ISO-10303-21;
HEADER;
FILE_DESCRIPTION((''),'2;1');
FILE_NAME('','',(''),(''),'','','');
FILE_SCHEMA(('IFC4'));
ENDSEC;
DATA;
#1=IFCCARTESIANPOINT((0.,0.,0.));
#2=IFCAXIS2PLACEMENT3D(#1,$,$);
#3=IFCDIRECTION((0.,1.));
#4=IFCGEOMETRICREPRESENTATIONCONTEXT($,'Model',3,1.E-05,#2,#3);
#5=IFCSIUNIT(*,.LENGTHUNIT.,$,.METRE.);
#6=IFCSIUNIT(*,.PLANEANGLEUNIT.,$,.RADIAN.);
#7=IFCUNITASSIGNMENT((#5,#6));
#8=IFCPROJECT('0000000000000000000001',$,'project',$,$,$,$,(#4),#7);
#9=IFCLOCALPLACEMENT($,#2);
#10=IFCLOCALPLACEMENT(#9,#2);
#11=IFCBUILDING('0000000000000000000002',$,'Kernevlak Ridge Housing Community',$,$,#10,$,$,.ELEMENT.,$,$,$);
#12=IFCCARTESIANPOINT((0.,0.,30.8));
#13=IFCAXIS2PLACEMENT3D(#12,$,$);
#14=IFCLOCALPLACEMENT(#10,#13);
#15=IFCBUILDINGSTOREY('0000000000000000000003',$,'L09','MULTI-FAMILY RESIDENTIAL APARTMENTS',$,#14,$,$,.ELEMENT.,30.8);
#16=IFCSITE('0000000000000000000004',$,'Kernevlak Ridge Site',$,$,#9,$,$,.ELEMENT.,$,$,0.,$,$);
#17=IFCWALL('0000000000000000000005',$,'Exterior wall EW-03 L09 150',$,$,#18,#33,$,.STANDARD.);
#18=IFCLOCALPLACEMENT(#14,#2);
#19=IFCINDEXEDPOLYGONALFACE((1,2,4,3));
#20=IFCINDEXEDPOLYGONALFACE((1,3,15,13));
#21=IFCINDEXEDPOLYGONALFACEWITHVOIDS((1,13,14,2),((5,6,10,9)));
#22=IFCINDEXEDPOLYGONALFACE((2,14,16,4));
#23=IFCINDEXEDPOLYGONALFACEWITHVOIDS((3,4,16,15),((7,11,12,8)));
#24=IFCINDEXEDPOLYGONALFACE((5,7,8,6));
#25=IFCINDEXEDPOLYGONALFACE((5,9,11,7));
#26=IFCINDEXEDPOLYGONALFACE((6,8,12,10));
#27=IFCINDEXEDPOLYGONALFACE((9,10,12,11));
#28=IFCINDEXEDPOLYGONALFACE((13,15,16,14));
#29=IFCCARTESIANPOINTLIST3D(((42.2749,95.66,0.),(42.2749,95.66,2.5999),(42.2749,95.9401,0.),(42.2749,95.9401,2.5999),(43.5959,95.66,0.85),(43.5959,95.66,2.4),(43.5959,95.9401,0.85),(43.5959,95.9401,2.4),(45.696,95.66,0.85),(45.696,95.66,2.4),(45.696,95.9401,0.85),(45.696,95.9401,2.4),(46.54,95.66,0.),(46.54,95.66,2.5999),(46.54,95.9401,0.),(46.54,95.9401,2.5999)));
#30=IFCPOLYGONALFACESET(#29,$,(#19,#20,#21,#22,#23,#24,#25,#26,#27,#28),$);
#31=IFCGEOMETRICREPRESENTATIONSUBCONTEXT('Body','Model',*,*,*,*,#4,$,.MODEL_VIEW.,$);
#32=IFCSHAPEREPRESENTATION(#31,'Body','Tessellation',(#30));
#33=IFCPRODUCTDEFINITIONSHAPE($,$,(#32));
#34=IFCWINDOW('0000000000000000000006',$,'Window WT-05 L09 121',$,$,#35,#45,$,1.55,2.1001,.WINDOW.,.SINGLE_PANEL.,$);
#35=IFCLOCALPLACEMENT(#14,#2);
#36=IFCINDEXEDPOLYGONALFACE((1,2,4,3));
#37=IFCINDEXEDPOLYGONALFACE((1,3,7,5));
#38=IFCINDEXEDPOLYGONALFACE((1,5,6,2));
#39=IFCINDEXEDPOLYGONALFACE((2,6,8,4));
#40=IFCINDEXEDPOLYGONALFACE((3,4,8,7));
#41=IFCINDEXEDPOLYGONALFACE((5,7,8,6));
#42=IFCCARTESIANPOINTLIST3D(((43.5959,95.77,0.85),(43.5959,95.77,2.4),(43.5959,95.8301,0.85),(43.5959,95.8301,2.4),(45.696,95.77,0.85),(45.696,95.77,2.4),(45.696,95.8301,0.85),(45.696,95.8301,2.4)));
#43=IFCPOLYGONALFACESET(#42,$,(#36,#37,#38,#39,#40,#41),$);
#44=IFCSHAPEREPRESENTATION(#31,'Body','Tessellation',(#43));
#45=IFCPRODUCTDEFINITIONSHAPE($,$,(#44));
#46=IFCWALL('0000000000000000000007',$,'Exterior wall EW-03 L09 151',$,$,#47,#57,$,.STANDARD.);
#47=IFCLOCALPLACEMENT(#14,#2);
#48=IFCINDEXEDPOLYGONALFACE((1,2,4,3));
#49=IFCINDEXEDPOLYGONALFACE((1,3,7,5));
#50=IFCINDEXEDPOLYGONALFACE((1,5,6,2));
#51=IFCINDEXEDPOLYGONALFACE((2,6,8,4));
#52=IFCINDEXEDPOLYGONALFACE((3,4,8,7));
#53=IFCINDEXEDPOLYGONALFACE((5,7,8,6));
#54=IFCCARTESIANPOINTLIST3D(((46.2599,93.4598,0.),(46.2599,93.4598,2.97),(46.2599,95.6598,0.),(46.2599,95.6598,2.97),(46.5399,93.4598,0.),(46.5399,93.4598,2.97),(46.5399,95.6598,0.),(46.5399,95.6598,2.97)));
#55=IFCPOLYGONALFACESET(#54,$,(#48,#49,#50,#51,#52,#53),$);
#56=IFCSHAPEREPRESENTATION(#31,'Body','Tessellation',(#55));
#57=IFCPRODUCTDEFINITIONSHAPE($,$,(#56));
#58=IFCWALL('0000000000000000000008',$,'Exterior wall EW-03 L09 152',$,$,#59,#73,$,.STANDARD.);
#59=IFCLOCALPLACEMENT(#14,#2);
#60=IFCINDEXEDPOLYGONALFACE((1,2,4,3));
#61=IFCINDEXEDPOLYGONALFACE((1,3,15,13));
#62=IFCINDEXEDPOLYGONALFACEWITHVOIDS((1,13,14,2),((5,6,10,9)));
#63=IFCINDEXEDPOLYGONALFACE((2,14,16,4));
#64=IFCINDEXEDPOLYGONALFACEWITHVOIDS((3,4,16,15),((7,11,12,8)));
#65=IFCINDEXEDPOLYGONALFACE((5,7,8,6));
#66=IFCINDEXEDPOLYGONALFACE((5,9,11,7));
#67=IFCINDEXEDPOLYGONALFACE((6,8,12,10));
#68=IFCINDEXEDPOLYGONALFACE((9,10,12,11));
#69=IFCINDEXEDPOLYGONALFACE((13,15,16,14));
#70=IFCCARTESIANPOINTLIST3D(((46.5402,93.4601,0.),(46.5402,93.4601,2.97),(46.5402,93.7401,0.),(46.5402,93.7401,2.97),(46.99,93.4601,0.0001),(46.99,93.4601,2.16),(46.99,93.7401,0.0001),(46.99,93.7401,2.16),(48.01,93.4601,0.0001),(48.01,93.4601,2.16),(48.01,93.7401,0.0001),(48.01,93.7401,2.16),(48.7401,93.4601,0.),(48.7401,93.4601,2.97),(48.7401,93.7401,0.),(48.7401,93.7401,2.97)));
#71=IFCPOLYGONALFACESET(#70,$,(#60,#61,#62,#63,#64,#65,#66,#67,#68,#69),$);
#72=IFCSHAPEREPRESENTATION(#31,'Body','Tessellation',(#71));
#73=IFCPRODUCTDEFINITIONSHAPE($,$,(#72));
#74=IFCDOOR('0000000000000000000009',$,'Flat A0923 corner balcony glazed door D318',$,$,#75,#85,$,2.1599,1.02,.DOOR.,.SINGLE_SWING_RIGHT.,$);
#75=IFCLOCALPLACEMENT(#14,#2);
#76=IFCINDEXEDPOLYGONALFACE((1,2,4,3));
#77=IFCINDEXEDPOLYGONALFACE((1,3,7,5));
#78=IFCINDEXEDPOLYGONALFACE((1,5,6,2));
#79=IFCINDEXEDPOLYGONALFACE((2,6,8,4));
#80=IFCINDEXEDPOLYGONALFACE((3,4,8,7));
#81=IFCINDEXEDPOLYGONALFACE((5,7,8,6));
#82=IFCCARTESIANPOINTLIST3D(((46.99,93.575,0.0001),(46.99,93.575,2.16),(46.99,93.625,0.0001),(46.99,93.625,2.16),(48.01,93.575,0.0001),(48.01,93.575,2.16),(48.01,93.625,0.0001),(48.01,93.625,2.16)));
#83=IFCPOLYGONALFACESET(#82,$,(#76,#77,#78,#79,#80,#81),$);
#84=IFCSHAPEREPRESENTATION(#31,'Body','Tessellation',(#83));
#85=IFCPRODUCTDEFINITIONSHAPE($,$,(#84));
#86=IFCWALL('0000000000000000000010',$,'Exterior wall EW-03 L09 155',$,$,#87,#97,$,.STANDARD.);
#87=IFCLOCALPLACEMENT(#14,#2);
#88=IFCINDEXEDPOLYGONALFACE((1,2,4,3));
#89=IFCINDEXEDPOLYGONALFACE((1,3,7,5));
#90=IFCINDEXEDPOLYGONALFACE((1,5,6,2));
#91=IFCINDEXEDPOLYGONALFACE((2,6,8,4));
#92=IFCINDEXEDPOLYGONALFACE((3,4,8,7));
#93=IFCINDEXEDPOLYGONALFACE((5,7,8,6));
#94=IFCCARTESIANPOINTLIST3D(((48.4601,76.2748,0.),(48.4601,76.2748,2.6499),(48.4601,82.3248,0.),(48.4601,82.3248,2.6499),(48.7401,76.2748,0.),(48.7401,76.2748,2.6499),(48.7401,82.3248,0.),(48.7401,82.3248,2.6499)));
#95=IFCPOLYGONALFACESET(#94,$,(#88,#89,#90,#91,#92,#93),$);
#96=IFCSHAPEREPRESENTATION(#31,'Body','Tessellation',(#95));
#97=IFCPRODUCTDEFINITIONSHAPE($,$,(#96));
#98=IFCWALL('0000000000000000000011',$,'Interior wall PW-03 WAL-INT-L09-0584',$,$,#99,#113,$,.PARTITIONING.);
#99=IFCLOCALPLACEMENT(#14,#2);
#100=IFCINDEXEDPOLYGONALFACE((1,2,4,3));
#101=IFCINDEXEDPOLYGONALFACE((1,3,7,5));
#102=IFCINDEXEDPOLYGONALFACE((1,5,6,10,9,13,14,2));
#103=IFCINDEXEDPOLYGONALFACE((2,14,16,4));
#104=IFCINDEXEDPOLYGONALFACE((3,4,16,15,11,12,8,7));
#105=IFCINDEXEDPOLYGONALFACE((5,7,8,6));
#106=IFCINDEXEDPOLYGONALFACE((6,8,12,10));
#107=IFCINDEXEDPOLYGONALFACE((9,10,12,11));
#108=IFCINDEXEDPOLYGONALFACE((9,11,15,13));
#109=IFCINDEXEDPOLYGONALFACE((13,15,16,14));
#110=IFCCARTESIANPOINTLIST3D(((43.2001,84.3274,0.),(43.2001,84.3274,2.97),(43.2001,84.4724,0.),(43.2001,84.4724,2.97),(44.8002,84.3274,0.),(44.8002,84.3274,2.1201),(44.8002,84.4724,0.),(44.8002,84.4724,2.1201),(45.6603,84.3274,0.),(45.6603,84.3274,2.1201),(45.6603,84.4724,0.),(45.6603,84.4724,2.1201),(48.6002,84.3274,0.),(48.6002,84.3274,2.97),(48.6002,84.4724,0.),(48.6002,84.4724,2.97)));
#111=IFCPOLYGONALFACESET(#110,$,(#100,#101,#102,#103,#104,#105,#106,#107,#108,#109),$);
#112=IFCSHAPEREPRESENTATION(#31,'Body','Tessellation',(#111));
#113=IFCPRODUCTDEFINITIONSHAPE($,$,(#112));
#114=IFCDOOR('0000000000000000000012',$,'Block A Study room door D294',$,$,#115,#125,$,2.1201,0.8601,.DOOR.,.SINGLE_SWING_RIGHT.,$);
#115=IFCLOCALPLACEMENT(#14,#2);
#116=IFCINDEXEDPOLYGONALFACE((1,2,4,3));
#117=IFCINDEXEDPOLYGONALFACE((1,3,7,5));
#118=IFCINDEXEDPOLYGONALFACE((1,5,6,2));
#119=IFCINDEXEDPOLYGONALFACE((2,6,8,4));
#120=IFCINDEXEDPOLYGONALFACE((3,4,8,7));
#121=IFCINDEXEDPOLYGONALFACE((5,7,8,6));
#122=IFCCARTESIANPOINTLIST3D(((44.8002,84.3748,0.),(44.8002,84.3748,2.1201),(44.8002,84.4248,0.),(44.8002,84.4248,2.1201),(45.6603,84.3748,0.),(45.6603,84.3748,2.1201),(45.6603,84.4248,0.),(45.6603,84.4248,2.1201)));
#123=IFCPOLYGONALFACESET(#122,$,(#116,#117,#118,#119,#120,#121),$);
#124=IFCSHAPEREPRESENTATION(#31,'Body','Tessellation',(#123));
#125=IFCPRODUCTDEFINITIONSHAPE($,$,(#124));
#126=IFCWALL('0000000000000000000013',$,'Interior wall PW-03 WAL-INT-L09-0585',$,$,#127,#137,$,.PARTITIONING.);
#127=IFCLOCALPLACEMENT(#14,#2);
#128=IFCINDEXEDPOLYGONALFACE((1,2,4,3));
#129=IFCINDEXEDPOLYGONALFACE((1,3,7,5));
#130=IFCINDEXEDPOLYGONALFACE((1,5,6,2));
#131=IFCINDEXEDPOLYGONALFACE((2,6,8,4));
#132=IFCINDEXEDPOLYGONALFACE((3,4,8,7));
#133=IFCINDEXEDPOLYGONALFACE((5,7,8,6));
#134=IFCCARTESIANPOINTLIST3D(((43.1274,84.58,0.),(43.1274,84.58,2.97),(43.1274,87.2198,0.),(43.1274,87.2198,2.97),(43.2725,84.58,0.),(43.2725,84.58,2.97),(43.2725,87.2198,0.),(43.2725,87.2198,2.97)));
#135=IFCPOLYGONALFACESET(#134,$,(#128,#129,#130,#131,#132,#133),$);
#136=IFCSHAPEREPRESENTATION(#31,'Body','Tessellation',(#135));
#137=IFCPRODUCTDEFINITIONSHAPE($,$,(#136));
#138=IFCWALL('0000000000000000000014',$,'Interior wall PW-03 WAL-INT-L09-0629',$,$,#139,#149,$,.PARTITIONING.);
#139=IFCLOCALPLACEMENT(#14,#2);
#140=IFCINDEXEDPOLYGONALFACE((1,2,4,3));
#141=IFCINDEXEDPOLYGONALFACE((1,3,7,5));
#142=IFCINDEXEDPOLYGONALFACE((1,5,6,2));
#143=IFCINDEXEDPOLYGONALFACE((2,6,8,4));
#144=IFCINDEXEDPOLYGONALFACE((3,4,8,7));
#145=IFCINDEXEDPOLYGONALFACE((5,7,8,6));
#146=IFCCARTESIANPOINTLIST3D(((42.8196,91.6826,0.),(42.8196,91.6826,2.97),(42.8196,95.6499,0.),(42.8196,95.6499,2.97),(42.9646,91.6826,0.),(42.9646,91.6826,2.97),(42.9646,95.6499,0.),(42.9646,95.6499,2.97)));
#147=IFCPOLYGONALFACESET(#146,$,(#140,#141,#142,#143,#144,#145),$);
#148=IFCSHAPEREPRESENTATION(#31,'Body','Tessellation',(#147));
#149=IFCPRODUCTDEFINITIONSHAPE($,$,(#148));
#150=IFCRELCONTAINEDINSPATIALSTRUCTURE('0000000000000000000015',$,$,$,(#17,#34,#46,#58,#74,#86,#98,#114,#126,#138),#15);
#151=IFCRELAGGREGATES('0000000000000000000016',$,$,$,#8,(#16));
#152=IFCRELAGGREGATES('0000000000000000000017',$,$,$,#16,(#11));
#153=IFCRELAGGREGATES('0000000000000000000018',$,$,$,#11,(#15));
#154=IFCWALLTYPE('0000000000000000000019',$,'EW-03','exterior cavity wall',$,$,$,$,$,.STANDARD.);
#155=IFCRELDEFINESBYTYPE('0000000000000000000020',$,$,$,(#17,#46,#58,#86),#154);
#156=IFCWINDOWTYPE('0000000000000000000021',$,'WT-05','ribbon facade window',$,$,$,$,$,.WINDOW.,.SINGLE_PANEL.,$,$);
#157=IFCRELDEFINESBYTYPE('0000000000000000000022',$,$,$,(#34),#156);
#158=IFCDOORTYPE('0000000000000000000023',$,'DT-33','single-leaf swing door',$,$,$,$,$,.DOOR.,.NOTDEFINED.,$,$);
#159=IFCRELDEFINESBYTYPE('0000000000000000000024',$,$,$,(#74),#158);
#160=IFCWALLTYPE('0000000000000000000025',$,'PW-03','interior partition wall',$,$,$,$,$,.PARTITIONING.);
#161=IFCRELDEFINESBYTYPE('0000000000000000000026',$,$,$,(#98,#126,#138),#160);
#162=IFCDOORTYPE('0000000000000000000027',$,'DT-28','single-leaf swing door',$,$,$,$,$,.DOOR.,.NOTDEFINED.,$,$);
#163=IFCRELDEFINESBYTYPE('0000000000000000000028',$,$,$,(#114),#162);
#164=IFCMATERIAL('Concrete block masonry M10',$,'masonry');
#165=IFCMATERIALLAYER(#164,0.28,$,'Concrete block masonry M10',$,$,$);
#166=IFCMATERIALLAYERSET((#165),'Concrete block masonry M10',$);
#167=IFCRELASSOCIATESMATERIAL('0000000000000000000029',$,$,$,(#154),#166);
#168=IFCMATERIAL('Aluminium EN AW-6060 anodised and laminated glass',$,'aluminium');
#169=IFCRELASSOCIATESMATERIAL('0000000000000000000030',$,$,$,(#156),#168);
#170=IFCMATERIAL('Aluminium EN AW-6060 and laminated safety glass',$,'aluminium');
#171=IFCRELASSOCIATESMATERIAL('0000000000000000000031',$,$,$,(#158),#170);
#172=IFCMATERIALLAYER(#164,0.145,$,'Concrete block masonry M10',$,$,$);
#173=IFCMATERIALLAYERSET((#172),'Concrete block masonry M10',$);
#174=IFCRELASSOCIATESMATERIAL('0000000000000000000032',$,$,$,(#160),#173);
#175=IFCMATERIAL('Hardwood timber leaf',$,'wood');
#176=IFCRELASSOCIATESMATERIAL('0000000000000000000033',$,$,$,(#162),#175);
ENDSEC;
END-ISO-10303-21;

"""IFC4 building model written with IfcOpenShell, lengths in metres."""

from ifc_helpers import new_model, si_unit, direction, frame, frame_2d, origin, place, context, subcontext, project, spatial, rectangle, extrude, material, layer, layer_set, type_object, element, fill, save


model = new_model("IFC4")

# Units and contexts
model_context = context("Model", 3, precision=1e-05, world=origin(), true_north=direction((0.0, 1.0)))
body_context = subcontext(model_context, "Body", "Model", "MODEL_VIEW")
ifc_project = project(units=[si_unit("LENGTHUNIT", "METRE"), si_unit("PLANEANGLEUNIT", "RADIAN")], contexts=[model_context])

# Site, building, storey
site_placement = place(None, origin())
site = spatial("IfcSite", under=ifc_project, at=site_placement, Name="Kernevlak Ridge Site", CompositionType="ELEMENT", RefElevation=0.0)
building_placement = place(site_placement, origin())
building = spatial("IfcBuilding", under=site, at=building_placement, Name="Kernevlak Ridge Housing Community", CompositionType="ELEMENT")
storey_placement = place(building_placement, frame((0.0, 0.0, 30.8)))
storey = spatial("IfcBuildingStorey", under=building, at=storey_placement, Name="L09", Description="MULTI-FAMILY RESIDENTIAL APARTMENTS", CompositionType="ELEMENT", Elevation=30.8)

# Shared definitions
ifc_material_1 = material(Name="Aluminium EN AW-6060 anodised and laminated glass", Category="aluminium")

# Wall, opening, window
ifc_material_2 = material(Name="Concrete block masonry M10", Category="masonry")
ifc_layer_1 = layer(ifc_material_2, 0.28, Name="Concrete block masonry M10")
ifc_layer_set_1 = layer_set([ifc_layer_1], Name="Concrete block masonry M10")
wall_type_1 = type_object("IfcWallType", Name="EW-03", Description="exterior cavity wall", PredefinedType="STANDARD", material=ifc_layer_set_1)
wall_1_placement = place(storey_placement, frame((42.2749, 95.8, 0.0), z_axis=(0.0, 0.0, 1.0), x_axis=(1.0, 0.0, 0.0)))
wall_1 = element("IfcWall", 1, at=wall_1_placement, inside=storey, type_object=wall_type_1, Name="Exterior wall EW-03 L09 150", PredefinedType="STANDARD", context=body_context, shape_type="SweptSolid", body=[
    extrude(rectangle(XDim=4.2651, YDim=0.28, at=frame_2d((2.1326, 0.0))), origin(), (0.0, 0.0, 1.0), 2.5999),
])
opening_1_placement = place(wall_1_placement, frame((1.321, 0.0, 0.8501)))
opening_1 = element("IfcOpeningElement", 2, at=opening_1_placement, cuts=wall_1, PredefinedType="OPENING", context=body_context, shape_type="SweptSolid", body=[
    extrude(rectangle(XDim=2.1001, YDim=1.55, at=frame_2d((1.05, 0.7749))), frame((0.0, 0.1499, 0.0), z_axis=(0.0, -1.0, 0.0), x_axis=(1.0, 0.0, 0.0)), (0.0, 0.0, 1.0), 0.3),
])
window_type_1 = type_object("IfcWindowType", Name="WT-05", Description="ribbon facade window", PartitioningType="SINGLE_PANEL", PredefinedType="WINDOW", material=ifc_material_1)
window_1_placement = place(opening_1_placement, origin())
window_1 = element("IfcWindow", 3, at=window_1_placement, inside=storey, type_object=window_type_1, Name="Window WT-05 L09 121", OverallHeight=1.55, OverallWidth=2.1001, PartitioningType="SINGLE_PANEL", PredefinedType="WINDOW", context=body_context, shape_type="SweptSolid", body=[
    extrude(rectangle(XDim=2.1001, YDim=1.55, at=frame_2d((1.05, 0.7749))), frame((0.0, 0.03, 0.0), z_axis=(0.0, -1.0, 0.0), x_axis=(1.0, 0.0, 0.0)), (0.0, 0.0, 1.0), 0.0601),
])
fill(opening_1, window_1)

# Wall
wall_2_placement = place(storey_placement, frame((46.3999, 95.6599, 0.0), z_axis=(0.0, 0.0, 1.0), x_axis=(0.0, -1.0, 0.0)))
element("IfcWall", 4, at=wall_2_placement, inside=storey, type_object=wall_type_1, Name="Exterior wall EW-03 L09 151", PredefinedType="STANDARD", context=body_context, shape_type="SweptSolid", body=[
    extrude(rectangle(XDim=2.2, YDim=0.28, at=frame_2d((1.1001, 0.0))), origin(), (0.0, 0.0, 1.0), 2.97),
])

# Wall, opening, door
wall_3_placement = place(storey_placement, frame((46.54, 93.6001, 0.0), z_axis=(0.0, 0.0, 1.0), x_axis=(1.0, 0.0, 0.0)))
wall_3 = element("IfcWall", 5, at=wall_3_placement, inside=storey, type_object=wall_type_1, Name="Exterior wall EW-03 L09 152", PredefinedType="STANDARD", context=body_context, shape_type="SweptSolid", body=[
    extrude(rectangle(XDim=2.2, YDim=0.28, at=frame_2d((1.1001, 0.0))), origin(), (0.0, 0.0, 1.0), 2.97),
])
opening_2_placement = place(wall_3_placement, frame((0.45, 0.0, 0.0)))
opening_2 = element("IfcOpeningElement", 6, at=opening_2_placement, cuts=wall_3, PredefinedType="OPENING", context=body_context, shape_type="SweptSolid", body=[
    extrude(rectangle(XDim=1.02, YDim=2.1599, at=frame_2d((0.51, 1.0801))), frame((0.0, 0.1499, 0.0), z_axis=(0.0, -1.0, 0.0), x_axis=(1.0, 0.0, 0.0)), (0.0, 0.0, 1.0), 0.3),
])
ifc_material_3 = material(Name="Aluminium EN AW-6060 and laminated safety glass", Category="aluminium")
door_type_1 = type_object("IfcDoorType", Name="DT-33", Description="single-leaf swing door", OperationType="NOTDEFINED", PredefinedType="DOOR", material=ifc_material_3)
door_1_placement = place(opening_2_placement, origin())
door_1 = element("IfcDoor", 7, at=door_1_placement, inside=storey, type_object=door_type_1, Name="Flat A0923 corner balcony glazed door D318", OperationType="SINGLE_SWING_RIGHT", OverallHeight=2.1599, OverallWidth=1.02, PredefinedType="DOOR", context=body_context, shape_type="SweptSolid", body=[
    extrude(rectangle(XDim=1.02, YDim=2.1599, at=frame_2d((0.51, 1.0801))), frame((0.0, 0.0249, 0.0), z_axis=(0.0, -1.0, 0.0), x_axis=(1.0, 0.0, 0.0)), (0.0, 0.0, 1.0), 0.05),
])
fill(opening_2, door_1)

# Wall
wall_4_placement = place(storey_placement, frame((48.6001, 76.2749, 0.0), z_axis=(0.0, 0.0, 1.0), x_axis=(0.0, 1.0, 0.0)))
element("IfcWall", 8, at=wall_4_placement, inside=storey, type_object=wall_type_1, Name="Exterior wall EW-03 L09 155", PredefinedType="STANDARD", context=body_context, shape_type="SweptSolid", body=[
    extrude(rectangle(XDim=6.05, YDim=0.28, at=frame_2d((3.0249, 0.0))), origin(), (0.0, 0.0, 1.0), 2.6499),
])

# Wall, opening, door
ifc_layer_2 = layer(ifc_material_2, 0.145, Name="Concrete block masonry M10")
ifc_layer_set_2 = layer_set([ifc_layer_2], Name="Concrete block masonry M10")
wall_type_2 = type_object("IfcWallType", Name="PW-03", Description="interior partition wall", PredefinedType="PARTITIONING", material=ifc_layer_set_2)
wall_5_placement = place(storey_placement, frame((43.2, 84.3999, 0.0), z_axis=(0.0, 0.0, 1.0), x_axis=(1.0, 0.0, 0.0)))
wall_5 = element("IfcWall", 9, at=wall_5_placement, inside=storey, type_object=wall_type_2, Name="Interior wall PW-03 WAL-INT-L09-0584", PredefinedType="PARTITIONING", context=body_context, shape_type="SweptSolid", body=[
    extrude(rectangle(XDim=5.4001, YDim=0.145, at=frame_2d((2.7002, 0.0))), origin(), (0.0, 0.0, 1.0), 2.97),
])
opening_3_placement = place(wall_5_placement, frame((1.6001, 0.0, 0.0)))
opening_3 = element("IfcOpeningElement", 10, at=opening_3_placement, cuts=wall_5, PredefinedType="OPENING", context=body_context, shape_type="SweptSolid", body=[
    extrude(rectangle(XDim=0.8601, YDim=2.1201, at=frame_2d((0.4302, 1.0601))), frame((0.0, 0.0825, 0.0), z_axis=(0.0, -1.0, 0.0), x_axis=(1.0, 0.0, 0.0)), (0.0, 0.0, 1.0), 0.165),
])
ifc_material_4 = material(Name="Hardwood timber leaf", Category="wood")
door_type_2 = type_object("IfcDoorType", Name="DT-28", Description="single-leaf swing door", OperationType="NOTDEFINED", PredefinedType="DOOR", material=ifc_material_4)
door_2_placement = place(opening_3_placement, origin())
door_2 = element("IfcDoor", 11, at=door_2_placement, inside=storey, type_object=door_type_2, Name="Block A Study room door D294", OperationType="SINGLE_SWING_RIGHT", OverallHeight=2.1201, OverallWidth=0.8601, PredefinedType="DOOR", context=body_context, shape_type="SweptSolid", body=[
    extrude(rectangle(XDim=0.8601, YDim=2.1201, at=frame_2d((0.4302, 1.0601))), frame((0.0, 0.0249, 0.0), z_axis=(0.0, -1.0, 0.0), x_axis=(1.0, 0.0, 0.0)), (0.0, 0.0, 1.0), 0.05),
])
fill(opening_3, door_2)

# Walls
wall_6_placement = place(storey_placement, frame((43.2, 84.5801, 0.0), z_axis=(0.0, 0.0, 1.0), x_axis=(0.0, 1.0, 0.0)))
element("IfcWall", 12, at=wall_6_placement, inside=storey, type_object=wall_type_2, Name="Interior wall PW-03 WAL-INT-L09-0585", PredefinedType="PARTITIONING", context=body_context, shape_type="SweptSolid", body=[
    extrude(rectangle(XDim=2.6399, YDim=0.145, at=frame_2d((1.3198, 0.0))), origin(), (0.0, 0.0, 1.0), 2.97),
])
wall_7_placement = place(storey_placement, frame((42.8921, 91.6826, 0.0), z_axis=(0.0, 0.0, 1.0), x_axis=(0.0, 1.0, 0.0)))
element("IfcWall", 13, at=wall_7_placement, inside=storey, type_object=wall_type_2, Name="Interior wall PW-03 WAL-INT-L09-0629", PredefinedType="PARTITIONING", context=body_context, shape_type="SweptSolid", body=[
    extrude(rectangle(XDim=3.9673, YDim=0.145, at=frame_2d((1.9836, 0.0))), origin(), (0.0, 0.0, 1.0), 2.97),
])

save(model, "model.ifc")
